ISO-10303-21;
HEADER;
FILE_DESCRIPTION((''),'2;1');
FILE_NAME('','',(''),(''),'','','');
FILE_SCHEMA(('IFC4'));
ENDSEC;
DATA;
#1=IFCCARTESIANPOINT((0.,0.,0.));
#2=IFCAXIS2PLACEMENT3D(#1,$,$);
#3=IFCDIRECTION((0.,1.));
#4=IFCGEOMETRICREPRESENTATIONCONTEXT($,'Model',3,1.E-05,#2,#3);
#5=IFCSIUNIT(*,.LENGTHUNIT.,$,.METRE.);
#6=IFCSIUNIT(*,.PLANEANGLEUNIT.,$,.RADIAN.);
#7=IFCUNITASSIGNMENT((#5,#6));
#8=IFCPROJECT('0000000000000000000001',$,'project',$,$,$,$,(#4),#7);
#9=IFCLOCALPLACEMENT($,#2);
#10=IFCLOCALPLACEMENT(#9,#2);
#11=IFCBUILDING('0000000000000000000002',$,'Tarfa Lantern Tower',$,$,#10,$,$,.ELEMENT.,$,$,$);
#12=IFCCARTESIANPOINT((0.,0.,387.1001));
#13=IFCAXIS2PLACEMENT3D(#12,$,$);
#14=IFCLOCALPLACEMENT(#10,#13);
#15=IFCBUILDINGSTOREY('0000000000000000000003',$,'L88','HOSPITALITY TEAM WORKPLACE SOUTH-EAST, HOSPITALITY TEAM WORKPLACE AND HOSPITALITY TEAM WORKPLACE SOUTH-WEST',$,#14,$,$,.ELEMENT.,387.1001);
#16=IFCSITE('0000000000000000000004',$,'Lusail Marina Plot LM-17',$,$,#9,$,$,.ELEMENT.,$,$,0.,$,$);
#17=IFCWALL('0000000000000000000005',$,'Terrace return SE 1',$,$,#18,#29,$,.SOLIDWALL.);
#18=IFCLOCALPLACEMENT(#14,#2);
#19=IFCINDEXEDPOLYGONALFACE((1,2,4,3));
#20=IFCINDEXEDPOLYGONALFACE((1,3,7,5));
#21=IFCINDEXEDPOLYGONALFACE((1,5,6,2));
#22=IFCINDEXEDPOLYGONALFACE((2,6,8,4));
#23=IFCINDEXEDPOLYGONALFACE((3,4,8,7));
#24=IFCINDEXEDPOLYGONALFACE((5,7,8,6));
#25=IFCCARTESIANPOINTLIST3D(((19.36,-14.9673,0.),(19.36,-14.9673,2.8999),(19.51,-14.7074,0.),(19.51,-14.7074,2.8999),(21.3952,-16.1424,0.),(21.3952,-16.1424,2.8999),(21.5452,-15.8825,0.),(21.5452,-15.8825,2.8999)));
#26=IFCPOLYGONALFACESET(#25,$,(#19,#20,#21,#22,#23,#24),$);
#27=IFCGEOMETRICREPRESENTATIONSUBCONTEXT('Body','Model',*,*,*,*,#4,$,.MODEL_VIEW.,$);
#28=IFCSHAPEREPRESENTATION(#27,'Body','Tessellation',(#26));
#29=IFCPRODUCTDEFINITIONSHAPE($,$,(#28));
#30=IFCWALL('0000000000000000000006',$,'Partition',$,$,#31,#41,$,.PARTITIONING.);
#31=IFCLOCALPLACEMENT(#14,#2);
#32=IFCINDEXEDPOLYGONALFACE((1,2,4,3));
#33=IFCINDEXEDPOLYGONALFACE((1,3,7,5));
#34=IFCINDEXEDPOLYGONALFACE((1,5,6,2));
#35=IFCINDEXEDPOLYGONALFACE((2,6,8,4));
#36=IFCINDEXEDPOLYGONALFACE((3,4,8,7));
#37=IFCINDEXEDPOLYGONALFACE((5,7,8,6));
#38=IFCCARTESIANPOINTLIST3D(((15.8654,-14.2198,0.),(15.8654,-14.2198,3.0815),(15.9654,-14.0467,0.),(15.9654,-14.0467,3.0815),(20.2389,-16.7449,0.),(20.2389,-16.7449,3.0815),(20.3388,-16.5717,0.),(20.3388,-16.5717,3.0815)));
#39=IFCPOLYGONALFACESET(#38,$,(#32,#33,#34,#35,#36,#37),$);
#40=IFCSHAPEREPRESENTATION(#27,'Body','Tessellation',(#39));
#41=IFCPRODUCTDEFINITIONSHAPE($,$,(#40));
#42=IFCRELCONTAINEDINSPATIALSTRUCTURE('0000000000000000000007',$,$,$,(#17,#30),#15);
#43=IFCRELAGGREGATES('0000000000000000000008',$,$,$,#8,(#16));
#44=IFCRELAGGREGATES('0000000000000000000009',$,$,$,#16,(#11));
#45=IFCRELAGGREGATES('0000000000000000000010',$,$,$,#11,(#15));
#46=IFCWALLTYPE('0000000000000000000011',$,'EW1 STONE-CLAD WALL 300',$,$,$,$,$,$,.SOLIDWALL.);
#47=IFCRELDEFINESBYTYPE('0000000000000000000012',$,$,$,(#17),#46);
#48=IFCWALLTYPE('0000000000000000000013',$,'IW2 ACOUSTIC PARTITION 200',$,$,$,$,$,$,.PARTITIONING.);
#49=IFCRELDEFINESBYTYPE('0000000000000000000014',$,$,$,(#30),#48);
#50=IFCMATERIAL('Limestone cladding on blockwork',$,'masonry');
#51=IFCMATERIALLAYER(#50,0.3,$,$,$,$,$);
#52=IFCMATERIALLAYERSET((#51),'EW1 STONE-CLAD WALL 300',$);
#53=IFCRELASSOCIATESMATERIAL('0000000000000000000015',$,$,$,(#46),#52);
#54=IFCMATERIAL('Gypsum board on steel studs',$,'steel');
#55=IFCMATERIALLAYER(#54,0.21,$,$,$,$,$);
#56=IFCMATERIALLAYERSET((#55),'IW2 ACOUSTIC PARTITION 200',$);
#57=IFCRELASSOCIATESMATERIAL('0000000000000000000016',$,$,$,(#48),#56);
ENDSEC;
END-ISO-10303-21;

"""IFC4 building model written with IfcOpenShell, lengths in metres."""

from ifc_helpers import new_model, si_unit, direction, frame, frame_2d, origin, place, context, subcontext, project, spatial, rectangle, extrude, material, layer, layer_set, type_object, element, save


model = new_model("IFC4")

# Units and contexts
model_context = context("Model", 3, precision=1e-05, world=origin(), true_north=direction((0.0, 1.0)))
body_context = subcontext(model_context, "Body", "Model", "MODEL_VIEW")
ifc_project = project(units=[si_unit("LENGTHUNIT", "METRE"), si_unit("PLANEANGLEUNIT", "RADIAN")], contexts=[model_context])

# Site, building, storey
site_placement = place(None, origin())
site = spatial("IfcSite", under=ifc_project, at=site_placement, Name="Lusail Marina Plot LM-17", CompositionType="ELEMENT", RefElevation=0.0)
building_placement = place(site_placement, origin())
building = spatial("IfcBuilding", under=site, at=building_placement, Name="Tarfa Lantern Tower", CompositionType="ELEMENT")
storey_placement = place(building_placement, frame((0.0, 0.0, 387.1001)))
storey = spatial("IfcBuildingStorey", under=building, at=storey_placement, Name="L88", Description="HOSPITALITY TEAM WORKPLACE SOUTH-EAST, HOSPITALITY TEAM WORKPLACE AND HOSPITALITY TEAM WORKPLACE SOUTH-WEST", CompositionType="ELEMENT", Elevation=387.1001)

# Shared definitions
ifc_material_1 = material(Name="Limestone cladding on blockwork", Category="masonry")
ifc_layer_1 = layer(ifc_material_1, 0.3)
ifc_layer_set_1 = layer_set([ifc_layer_1], Name="EW1 STONE-CLAD WALL 300")
wall_type_1 = type_object("IfcWallType", Name="EW1 STONE-CLAD WALL 300", PredefinedType="SOLIDWALL", material=ifc_layer_set_1)

# Wall
wall_1_placement = place(storey_placement, frame((21.4702, -16.0125, 0.0), z_axis=(0.0, 0.0, 1.0), x_axis=(-0.866016, 0.500016, 0.0)))
element("IfcWall", 1, at=wall_1_placement, inside=storey, type_object=wall_type_1, Name="Terrace return SE 1", PredefinedType="SOLIDWALL", context=body_context, shape_type="SweptSolid", body=[
    extrude(rectangle(XDim=2.3501, YDim=0.3, at=frame_2d((1.175, 0.0))), origin(), (0.0, 0.0, 1.0), 2.8999),
])

# Shared definitions
ifc_material_2 = material(Name="Gypsum board on steel studs", Category="steel")
ifc_layer_2 = layer(ifc_material_2, 0.21)
ifc_layer_set_2 = layer_set([ifc_layer_2], Name="IW2 ACOUSTIC PARTITION 200")
wall_type_2 = type_object("IfcWallType", Name="IW2 ACOUSTIC PARTITION 200", PredefinedType="PARTITIONING", material=ifc_layer_set_2)

# Wall
wall_2_placement = place(storey_placement, frame((15.9155, -14.1333, 0.0), z_axis=(0.0, 0.0, 1.0), x_axis=(0.866018, -0.500013, 0.0)))
element("IfcWall", 2, at=wall_2_placement, inside=storey, type_object=wall_type_2, Name="Partition", PredefinedType="PARTITIONING", context=body_context, shape_type="SweptSolid", body=[
    extrude(rectangle(XDim=5.05, YDim=0.2, at=frame_2d((2.5249, 0.0))), origin(), (0.0, 0.0, 1.0), 3.0815),
])

save(model, "model.ifc")
